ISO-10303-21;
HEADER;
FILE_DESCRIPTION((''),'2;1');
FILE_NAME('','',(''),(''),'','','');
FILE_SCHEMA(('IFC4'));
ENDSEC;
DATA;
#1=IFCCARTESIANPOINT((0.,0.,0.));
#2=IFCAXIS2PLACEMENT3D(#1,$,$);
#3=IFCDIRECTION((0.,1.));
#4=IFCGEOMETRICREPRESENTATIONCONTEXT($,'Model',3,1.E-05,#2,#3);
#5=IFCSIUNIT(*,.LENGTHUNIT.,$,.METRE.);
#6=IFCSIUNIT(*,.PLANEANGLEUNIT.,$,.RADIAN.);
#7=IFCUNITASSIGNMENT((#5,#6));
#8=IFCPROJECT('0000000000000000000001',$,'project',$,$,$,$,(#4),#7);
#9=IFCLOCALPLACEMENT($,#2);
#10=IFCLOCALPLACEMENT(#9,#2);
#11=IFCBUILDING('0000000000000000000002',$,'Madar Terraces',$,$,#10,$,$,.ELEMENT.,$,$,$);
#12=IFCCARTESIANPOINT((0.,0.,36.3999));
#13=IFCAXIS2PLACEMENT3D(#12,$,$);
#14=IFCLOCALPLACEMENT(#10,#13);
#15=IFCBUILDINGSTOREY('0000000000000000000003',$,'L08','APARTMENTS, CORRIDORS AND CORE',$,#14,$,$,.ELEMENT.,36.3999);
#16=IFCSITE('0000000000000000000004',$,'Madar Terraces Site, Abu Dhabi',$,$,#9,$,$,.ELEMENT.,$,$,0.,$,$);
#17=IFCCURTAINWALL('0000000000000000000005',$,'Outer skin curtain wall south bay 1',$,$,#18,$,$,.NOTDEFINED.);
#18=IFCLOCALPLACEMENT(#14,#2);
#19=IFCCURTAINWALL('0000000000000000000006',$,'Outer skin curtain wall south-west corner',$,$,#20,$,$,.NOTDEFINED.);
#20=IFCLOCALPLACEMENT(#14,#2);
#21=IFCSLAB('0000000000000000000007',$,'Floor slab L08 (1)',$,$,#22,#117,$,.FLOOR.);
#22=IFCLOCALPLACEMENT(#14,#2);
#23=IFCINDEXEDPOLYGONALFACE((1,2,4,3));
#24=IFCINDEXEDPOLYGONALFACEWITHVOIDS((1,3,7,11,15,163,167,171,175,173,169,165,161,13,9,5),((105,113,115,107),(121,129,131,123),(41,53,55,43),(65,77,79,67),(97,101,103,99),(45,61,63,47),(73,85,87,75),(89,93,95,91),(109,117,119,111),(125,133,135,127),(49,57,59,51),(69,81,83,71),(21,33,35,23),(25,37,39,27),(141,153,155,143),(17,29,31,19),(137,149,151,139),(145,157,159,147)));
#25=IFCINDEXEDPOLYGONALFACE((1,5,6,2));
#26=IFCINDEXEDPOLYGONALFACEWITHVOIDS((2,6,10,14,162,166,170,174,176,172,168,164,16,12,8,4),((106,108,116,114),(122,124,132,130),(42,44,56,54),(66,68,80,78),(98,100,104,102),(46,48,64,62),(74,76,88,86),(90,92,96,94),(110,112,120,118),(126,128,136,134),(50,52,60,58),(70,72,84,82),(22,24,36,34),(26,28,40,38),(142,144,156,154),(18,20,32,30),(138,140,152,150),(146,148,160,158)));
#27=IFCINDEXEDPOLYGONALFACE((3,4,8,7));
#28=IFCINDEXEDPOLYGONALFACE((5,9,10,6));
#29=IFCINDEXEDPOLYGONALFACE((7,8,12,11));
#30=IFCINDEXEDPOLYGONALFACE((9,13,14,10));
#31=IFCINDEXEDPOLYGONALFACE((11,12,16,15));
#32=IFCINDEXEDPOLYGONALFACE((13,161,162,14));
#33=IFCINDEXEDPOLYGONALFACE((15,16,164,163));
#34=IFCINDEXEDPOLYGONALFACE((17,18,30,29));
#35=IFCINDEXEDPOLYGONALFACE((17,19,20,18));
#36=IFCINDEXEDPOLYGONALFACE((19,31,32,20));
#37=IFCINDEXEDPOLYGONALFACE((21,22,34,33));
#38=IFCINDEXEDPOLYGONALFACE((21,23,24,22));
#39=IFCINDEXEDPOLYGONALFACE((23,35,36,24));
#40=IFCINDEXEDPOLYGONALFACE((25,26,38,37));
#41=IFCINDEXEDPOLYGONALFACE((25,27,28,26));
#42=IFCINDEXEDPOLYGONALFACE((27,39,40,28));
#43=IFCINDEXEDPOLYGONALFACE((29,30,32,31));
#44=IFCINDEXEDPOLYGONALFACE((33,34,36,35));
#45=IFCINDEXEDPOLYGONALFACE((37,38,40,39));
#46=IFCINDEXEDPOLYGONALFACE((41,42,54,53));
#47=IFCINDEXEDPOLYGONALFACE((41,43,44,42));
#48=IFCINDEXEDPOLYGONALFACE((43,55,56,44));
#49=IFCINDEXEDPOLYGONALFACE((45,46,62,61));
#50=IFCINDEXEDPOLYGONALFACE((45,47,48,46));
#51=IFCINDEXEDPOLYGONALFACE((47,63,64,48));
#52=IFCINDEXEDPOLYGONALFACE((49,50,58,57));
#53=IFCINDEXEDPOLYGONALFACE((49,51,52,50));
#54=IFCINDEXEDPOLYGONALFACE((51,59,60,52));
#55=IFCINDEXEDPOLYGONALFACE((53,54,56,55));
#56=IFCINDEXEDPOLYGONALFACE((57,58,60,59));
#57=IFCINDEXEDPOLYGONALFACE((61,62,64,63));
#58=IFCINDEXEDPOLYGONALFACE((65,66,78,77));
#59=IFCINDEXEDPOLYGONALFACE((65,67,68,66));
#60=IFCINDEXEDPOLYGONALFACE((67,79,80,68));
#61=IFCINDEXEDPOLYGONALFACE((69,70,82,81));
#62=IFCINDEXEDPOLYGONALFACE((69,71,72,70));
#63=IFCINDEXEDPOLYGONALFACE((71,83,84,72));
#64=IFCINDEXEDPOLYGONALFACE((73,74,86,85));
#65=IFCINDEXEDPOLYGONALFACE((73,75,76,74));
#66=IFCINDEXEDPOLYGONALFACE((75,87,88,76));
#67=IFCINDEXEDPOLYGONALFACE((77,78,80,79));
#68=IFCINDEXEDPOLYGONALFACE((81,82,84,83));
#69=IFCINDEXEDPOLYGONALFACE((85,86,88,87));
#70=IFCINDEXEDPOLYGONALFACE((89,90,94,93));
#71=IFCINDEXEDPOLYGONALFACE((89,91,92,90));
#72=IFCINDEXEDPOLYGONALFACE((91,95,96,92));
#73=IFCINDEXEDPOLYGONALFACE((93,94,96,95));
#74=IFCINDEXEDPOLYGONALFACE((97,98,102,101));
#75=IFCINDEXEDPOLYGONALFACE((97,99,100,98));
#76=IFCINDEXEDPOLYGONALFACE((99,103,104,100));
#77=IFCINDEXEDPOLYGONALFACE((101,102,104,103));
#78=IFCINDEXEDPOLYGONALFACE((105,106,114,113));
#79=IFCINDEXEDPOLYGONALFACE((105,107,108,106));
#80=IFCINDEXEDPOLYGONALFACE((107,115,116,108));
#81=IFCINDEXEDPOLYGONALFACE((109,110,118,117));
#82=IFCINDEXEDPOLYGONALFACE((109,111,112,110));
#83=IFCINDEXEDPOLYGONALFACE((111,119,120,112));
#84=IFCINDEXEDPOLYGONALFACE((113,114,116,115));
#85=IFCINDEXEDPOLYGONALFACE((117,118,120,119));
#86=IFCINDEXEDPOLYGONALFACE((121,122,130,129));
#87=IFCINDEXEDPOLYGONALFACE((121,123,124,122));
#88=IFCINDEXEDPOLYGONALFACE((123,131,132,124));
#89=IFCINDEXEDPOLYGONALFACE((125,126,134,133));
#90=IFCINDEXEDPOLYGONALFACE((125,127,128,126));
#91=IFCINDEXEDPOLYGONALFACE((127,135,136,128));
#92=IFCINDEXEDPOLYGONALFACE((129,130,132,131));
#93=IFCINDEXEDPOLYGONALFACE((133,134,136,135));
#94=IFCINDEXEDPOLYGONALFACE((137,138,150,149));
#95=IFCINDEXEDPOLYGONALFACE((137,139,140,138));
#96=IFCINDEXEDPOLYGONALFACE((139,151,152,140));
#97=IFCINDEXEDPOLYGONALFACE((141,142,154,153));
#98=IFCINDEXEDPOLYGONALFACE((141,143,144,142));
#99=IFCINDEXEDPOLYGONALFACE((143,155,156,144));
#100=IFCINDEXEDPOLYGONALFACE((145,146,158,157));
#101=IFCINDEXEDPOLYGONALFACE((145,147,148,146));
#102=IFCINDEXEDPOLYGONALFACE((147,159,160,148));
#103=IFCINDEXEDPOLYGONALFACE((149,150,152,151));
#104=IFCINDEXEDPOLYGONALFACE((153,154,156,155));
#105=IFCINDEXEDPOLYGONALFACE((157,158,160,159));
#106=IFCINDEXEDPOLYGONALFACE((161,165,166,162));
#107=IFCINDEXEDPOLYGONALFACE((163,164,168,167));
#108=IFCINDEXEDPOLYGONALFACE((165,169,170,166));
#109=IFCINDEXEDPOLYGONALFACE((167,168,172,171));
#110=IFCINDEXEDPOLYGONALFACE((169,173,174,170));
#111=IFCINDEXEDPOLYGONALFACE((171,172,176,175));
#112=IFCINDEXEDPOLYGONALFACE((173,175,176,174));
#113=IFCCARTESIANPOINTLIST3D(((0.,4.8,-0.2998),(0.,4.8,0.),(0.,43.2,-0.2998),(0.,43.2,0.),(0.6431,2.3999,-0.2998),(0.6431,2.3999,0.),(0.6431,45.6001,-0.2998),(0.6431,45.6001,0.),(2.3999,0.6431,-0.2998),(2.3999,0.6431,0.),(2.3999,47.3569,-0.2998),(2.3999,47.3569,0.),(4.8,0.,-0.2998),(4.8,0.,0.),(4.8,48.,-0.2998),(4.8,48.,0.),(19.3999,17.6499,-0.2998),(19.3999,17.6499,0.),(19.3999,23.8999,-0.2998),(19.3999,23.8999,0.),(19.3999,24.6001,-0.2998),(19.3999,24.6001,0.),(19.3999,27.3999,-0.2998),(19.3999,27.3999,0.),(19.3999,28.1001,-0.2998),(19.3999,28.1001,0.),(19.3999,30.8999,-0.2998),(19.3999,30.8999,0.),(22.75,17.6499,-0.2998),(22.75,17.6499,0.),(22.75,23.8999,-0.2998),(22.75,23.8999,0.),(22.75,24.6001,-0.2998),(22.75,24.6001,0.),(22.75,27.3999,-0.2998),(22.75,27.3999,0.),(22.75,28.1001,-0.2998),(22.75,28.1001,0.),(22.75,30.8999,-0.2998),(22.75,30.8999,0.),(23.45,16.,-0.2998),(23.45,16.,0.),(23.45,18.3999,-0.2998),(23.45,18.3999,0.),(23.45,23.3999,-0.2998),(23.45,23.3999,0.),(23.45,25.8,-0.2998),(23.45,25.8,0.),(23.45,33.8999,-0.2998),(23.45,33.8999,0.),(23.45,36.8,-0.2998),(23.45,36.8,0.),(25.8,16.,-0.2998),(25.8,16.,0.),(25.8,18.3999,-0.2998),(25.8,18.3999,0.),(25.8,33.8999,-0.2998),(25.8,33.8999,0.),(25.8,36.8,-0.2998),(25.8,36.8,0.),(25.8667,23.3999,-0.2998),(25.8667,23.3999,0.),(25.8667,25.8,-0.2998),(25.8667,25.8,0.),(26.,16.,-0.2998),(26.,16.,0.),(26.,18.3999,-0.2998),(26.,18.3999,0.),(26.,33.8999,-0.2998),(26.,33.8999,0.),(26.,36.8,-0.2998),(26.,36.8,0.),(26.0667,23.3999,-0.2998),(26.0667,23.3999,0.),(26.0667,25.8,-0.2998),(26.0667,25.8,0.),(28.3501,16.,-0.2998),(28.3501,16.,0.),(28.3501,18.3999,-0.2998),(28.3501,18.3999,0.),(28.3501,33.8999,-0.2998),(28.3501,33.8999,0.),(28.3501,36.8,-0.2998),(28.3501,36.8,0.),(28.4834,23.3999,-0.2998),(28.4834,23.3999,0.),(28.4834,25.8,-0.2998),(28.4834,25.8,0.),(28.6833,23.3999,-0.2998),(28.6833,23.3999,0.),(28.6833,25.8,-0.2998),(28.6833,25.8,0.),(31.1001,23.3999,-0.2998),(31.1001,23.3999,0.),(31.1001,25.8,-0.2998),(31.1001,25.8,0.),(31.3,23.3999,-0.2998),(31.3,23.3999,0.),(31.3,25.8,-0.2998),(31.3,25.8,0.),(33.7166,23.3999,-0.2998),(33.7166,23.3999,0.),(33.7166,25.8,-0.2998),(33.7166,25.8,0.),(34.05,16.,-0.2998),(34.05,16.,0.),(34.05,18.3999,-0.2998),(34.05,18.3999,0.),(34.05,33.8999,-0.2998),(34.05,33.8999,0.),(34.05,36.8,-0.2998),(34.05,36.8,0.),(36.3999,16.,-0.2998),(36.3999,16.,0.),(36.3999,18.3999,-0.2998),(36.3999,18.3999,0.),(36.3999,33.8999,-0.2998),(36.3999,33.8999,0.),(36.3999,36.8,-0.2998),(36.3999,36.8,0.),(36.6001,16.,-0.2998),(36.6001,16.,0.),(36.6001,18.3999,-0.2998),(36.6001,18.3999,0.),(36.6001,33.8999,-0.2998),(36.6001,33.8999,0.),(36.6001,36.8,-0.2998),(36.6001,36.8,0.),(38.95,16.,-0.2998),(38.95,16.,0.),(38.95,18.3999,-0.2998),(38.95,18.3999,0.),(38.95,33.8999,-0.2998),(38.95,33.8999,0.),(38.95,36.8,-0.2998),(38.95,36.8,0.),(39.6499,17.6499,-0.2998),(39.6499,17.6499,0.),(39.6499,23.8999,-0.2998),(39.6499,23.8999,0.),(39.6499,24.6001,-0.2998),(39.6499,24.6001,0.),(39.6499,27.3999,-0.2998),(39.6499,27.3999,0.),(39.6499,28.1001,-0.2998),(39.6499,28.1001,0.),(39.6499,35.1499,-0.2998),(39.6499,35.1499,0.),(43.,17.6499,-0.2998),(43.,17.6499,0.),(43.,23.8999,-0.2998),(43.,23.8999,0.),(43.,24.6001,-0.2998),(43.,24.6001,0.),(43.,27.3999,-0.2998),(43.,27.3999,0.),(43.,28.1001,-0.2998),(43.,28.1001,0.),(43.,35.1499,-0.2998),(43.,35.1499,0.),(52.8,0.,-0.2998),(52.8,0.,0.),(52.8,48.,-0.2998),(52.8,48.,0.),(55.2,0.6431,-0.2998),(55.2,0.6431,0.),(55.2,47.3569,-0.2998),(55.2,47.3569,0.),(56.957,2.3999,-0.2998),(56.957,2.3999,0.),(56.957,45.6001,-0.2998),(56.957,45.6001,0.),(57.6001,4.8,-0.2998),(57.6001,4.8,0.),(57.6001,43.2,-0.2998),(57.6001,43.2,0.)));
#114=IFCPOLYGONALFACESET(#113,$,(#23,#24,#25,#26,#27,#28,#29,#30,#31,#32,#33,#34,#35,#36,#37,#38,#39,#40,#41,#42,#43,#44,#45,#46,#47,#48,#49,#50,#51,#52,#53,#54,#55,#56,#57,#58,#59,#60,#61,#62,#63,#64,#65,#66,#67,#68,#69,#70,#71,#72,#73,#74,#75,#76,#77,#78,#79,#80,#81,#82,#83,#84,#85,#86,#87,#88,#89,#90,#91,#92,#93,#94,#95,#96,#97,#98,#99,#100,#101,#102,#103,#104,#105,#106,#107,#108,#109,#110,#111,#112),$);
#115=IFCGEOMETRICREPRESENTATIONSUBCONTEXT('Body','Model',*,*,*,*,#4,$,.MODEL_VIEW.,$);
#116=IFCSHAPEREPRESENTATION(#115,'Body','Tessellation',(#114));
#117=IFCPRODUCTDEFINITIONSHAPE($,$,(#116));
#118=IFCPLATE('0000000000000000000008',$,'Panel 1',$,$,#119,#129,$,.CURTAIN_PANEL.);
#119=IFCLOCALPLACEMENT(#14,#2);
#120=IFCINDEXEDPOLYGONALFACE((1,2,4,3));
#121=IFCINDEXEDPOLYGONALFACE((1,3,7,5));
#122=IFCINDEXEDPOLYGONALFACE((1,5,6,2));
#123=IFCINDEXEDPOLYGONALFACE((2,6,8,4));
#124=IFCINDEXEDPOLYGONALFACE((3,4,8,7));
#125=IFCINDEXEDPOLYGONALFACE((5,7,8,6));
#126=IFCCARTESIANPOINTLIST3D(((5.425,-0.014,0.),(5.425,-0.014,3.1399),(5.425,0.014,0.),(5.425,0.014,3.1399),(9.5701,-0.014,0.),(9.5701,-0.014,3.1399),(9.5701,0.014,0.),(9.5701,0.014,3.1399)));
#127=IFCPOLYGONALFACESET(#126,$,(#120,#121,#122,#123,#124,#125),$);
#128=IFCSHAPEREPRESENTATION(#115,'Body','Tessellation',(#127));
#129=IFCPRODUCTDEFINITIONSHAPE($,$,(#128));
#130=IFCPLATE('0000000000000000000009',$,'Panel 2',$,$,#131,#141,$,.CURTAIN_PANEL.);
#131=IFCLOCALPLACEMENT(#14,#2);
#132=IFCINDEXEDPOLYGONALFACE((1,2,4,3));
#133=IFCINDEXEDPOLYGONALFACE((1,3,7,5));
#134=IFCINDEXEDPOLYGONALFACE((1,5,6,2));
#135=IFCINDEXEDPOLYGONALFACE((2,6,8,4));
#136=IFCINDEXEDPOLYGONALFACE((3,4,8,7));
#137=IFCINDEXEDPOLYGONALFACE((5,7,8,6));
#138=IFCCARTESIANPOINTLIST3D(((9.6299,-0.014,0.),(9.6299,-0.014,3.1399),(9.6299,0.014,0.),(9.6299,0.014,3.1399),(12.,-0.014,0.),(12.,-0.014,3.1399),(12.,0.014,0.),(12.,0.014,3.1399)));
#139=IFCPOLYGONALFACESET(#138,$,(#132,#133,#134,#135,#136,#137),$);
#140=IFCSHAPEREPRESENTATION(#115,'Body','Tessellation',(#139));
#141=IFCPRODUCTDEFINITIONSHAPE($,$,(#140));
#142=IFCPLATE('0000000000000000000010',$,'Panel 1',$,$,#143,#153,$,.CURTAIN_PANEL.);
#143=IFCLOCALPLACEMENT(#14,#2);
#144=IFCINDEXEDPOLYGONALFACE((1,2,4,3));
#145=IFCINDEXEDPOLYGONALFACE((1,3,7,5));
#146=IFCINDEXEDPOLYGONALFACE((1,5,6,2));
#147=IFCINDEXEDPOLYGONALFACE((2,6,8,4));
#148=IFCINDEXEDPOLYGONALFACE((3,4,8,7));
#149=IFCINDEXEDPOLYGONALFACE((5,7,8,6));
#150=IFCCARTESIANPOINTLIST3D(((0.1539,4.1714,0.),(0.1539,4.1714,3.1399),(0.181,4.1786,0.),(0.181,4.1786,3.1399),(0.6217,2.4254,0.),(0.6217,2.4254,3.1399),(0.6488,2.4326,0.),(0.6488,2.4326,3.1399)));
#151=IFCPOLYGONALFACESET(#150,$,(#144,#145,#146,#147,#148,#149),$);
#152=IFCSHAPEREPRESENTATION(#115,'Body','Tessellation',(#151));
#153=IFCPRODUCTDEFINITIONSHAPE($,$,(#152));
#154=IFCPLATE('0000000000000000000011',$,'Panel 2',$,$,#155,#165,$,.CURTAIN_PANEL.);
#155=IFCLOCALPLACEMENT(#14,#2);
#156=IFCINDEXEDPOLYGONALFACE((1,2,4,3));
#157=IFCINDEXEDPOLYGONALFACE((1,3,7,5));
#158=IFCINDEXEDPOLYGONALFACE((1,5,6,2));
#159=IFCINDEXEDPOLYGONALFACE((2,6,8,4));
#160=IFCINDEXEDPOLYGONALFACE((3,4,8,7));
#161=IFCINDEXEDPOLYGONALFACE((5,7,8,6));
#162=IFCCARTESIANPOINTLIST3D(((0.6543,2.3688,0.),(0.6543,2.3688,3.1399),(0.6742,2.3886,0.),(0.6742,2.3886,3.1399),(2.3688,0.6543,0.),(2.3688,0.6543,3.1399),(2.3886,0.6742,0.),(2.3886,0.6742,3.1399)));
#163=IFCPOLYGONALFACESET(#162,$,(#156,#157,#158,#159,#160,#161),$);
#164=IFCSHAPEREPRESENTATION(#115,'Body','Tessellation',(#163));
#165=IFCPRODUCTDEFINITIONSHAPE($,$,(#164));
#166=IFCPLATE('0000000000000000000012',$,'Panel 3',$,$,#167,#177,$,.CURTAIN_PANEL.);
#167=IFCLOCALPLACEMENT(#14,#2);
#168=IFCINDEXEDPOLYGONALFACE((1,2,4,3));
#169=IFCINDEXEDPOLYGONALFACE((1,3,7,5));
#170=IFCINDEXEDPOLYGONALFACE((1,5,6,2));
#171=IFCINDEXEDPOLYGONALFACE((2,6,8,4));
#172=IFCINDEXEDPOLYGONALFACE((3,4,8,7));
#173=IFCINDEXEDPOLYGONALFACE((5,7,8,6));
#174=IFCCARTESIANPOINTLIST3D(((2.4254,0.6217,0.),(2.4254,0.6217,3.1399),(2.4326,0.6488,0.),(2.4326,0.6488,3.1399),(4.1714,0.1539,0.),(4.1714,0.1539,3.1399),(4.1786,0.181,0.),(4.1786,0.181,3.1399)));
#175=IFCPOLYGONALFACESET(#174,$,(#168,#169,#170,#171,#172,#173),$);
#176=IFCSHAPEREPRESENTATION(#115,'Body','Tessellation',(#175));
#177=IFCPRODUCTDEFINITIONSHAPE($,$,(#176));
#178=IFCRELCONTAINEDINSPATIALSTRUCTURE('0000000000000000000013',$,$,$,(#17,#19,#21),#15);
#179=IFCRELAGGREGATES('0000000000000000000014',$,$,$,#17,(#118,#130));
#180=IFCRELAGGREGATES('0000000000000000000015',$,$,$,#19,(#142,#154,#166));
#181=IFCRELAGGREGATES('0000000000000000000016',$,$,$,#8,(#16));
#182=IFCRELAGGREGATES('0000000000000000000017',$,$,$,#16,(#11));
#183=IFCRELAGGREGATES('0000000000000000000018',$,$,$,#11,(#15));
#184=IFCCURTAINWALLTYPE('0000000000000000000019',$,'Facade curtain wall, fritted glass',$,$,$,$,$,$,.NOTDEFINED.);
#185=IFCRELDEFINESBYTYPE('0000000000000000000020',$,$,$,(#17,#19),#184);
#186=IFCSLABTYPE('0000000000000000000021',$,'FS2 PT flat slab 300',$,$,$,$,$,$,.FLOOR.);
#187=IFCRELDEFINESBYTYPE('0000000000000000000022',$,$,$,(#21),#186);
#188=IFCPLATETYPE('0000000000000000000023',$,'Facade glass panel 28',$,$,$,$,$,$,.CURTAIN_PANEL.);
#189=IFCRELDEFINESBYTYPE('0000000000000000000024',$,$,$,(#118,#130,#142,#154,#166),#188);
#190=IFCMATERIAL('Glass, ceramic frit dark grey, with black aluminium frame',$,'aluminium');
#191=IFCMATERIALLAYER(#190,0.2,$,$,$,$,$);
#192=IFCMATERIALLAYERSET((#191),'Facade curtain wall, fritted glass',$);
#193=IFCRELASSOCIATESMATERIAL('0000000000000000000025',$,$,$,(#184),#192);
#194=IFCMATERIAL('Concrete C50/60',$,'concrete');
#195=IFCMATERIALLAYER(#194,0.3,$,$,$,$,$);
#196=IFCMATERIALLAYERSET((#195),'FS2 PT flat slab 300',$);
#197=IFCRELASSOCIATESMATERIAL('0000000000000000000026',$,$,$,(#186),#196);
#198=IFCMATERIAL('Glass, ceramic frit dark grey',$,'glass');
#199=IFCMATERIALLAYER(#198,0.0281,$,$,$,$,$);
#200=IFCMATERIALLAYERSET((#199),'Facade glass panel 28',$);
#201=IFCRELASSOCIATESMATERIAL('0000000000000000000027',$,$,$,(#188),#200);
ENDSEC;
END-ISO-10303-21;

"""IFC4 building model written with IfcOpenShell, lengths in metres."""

from ifc_helpers import new_model, si_unit, direction, frame, origin, origin_2d, place, context, subcontext, project, spatial, polyline, rectangle, outline, extrude, material, layer, layer_set, type_object, element, aggregate, save


model = new_model("IFC4")

# Units and contexts
model_context = context("Model", 3, precision=1e-05, world=origin(), true_north=direction((0.0, 1.0)))
body_context = subcontext(model_context, "Body", "Model", "MODEL_VIEW")
ifc_project = project(units=[si_unit("LENGTHUNIT", "METRE"), si_unit("PLANEANGLEUNIT", "RADIAN")], contexts=[model_context])

# Site, building, storey
site_placement = place(None, origin())
site = spatial("IfcSite", under=ifc_project, at=site_placement, Name="Madar Terraces Site, Abu Dhabi", CompositionType="ELEMENT", RefElevation=0.0)
building_placement = place(site_placement, origin())
building = spatial("IfcBuilding", under=site, at=building_placement, Name="Madar Terraces", CompositionType="ELEMENT")
storey_placement = place(building_placement, frame((0.0, 0.0, 36.3999)))
storey = spatial("IfcBuildingStorey", under=building, at=storey_placement, Name="L08", Description="APARTMENTS, CORRIDORS AND CORE", CompositionType="ELEMENT", Elevation=36.3999)

# Curtain wall
ifc_material_1 = material(Name="Glass, ceramic frit dark grey, with black aluminium frame", Category="aluminium")
ifc_layer_1 = layer(ifc_material_1, 0.2)
ifc_layer_set_1 = layer_set([ifc_layer_1], Name="Facade curtain wall, fritted glass")
curtain_wall_type = type_object("IfcCurtainWallType", Name="Facade curtain wall, fritted glass", PredefinedType="NOTDEFINED", material=ifc_layer_set_1)
curtain_wall_1_placement = place(storey_placement, origin())
curtain_wall_1 = element("IfcCurtainWall", 1, at=curtain_wall_1_placement, inside=storey, type_object=curtain_wall_type, Name="Outer skin curtain wall south bay 1", PredefinedType="NOTDEFINED")

# Curtain wall
curtain_wall_2_placement = place(storey_placement, origin())
curtain_wall_2 = element("IfcCurtainWall", 2, at=curtain_wall_2_placement, inside=storey, type_object=curtain_wall_type, Name="Outer skin curtain wall south-west corner", PredefinedType="NOTDEFINED")

# Slab
ifc_material_2 = material(Name="Concrete C50/60", Category="concrete")
ifc_layer_2 = layer(ifc_material_2, 0.3)
ifc_layer_set_2 = layer_set([ifc_layer_2], Name="FS2 PT flat slab 300")
slab_type_1 = type_object("IfcSlabType", Name="FS2 PT flat slab 300", PredefinedType="FLOOR", material=ifc_layer_set_2)
slab_1_placement = place(storey_placement, frame((0.0, 0.0, -0.2998)))
element("IfcSlab", 3, at=slab_1_placement, inside=storey, type_object=slab_type_1, Name="Floor slab L08 (1)", PredefinedType="FLOOR", context=body_context, shape_type="SweptSolid", body=[
    extrude(outline(polyline([(52.8, 0.0), (55.2, 0.6431), (56.957, 2.3999), (57.6001, 4.8), (57.6001, 43.2), (56.957, 45.6001), (55.2, 47.3569), (52.8, 48.0), (4.8, 48.0), (2.3999, 47.3569), (0.6431, 45.6001), (0.0, 43.2), (0.0, 4.8), (0.6431, 2.3999), (2.3999, 0.6431), (4.8, 0.0), (52.8, 0.0)]), holes=[polyline([(23.45, 16.0), (23.45, 18.3999), (25.8, 18.3999), (25.8, 16.0), (23.45, 16.0)]), polyline([(26.0, 16.0), (26.0, 18.3999), (28.3501, 18.3999), (28.3501, 16.0), (26.0, 16.0)]), polyline([(19.3999, 17.6499), (19.3999, 23.8999), (22.75, 23.8999), (22.75, 17.6499), (19.3999, 17.6499)]), polyline([(23.45, 23.3999), (23.45, 25.8), (25.8667, 25.8), (25.8667, 23.3999), (23.45, 23.3999)]), polyline([(26.0667, 23.3999), (26.0667, 25.8), (28.4834, 25.8), (28.4834, 23.3999), (26.0667, 23.3999)]), polyline([(19.3999, 24.6001), (19.3999, 27.3999), (22.75, 27.3999), (22.75, 24.6001), (19.3999, 24.6001)]), polyline([(19.3999, 28.1001), (19.3999, 30.8999), (22.75, 30.8999), (22.75, 28.1001), (19.3999, 28.1001)]), polyline([(23.45, 36.8), (25.8, 36.8), (25.8, 33.8999), (23.45, 33.8999), (23.45, 36.8)]), polyline([(26.0, 36.8), (28.3501, 36.8), (28.3501, 33.8999), (26.0, 33.8999), (26.0, 36.8)]), polyline([(34.05, 16.0), (34.05, 18.3999), (36.3999, 18.3999), (36.3999, 16.0), (34.05, 16.0)]), polyline([(36.6001, 16.0), (36.6001, 18.3999), (38.95, 18.3999), (38.95, 16.0), (36.6001, 16.0)]), polyline([(39.6499, 17.6499), (39.6499, 23.8999), (43.0, 23.8999), (43.0, 17.6499), (39.6499, 17.6499)]), polyline([(28.6833, 23.3999), (28.6833, 25.8), (31.1001, 25.8), (31.1001, 23.3999), (28.6833, 23.3999)]), polyline([(31.3, 23.3999), (31.3, 25.8), (33.7166, 25.8), (33.7166, 23.3999), (31.3, 23.3999)]), polyline([(39.6499, 24.6001), (39.6499, 27.3999), (43.0, 27.3999), (43.0, 24.6001), (39.6499, 24.6001)]), polyline([(39.6499, 28.1001), (39.6499, 35.1499), (43.0, 35.1499), (43.0, 28.1001), (39.6499, 28.1001)]), polyline([(34.05, 36.8), (36.3999, 36.8), (36.3999, 33.8999), (34.05, 33.8999), (34.05, 36.8)]), polyline([(36.6001, 36.8), (38.95, 36.8), (38.95, 33.8999), (36.6001, 33.8999), (36.6001, 36.8)])]), origin(), (0.0, 0.0, 1.0), 0.2998),
])

# Plates
ifc_material_3 = material(Name="Glass, ceramic frit dark grey", Category="glass")
ifc_layer_3 = layer(ifc_material_3, 0.0281)
ifc_layer_set_3 = layer_set([ifc_layer_3], Name="Facade glass panel 28")
plate_type = type_object("IfcPlateType", Name="Facade glass panel 28", PredefinedType="CURTAIN_PANEL", material=ifc_layer_set_3)
plate_1_placement = place(storey_placement, frame((7.4976, 0.0, 0.0), z_axis=(0.0, 0.0, 1.0), x_axis=(1.0, 0.0, 0.0)))
plate_1 = element("IfcPlate", 4, at=plate_1_placement, type_object=plate_type, Name="Panel 1", PredefinedType="CURTAIN_PANEL", context=body_context, shape_type="SweptSolid", body=[
    extrude(rectangle(XDim=4.145, YDim=0.0281, at=origin_2d()), origin(), (0.0, 0.0, 1.0), 3.1399),
])
plate_2_placement = place(storey_placement, frame((10.8149, 0.0, 0.0), z_axis=(0.0, 0.0, 1.0), x_axis=(1.0, 0.0, 0.0)))
plate_2 = element("IfcPlate", 5, at=plate_2_placement, type_object=plate_type, Name="Panel 2", PredefinedType="CURTAIN_PANEL", context=body_context, shape_type="SweptSolid", body=[
    extrude(rectangle(XDim=2.3701, YDim=0.0281, at=origin_2d()), origin(), (0.0, 0.0, 1.0), 3.1399),
])
aggregate(curtain_wall_1, [plate_1, plate_2])
plate_3_placement = place(storey_placement, frame((0.4014, 3.302, 0.0), z_axis=(0.0, 0.0, 1.0), x_axis=(0.258819, -0.965926, 0.0)))
plate_3 = element("IfcPlate", 6, at=plate_3_placement, type_object=plate_type, Name="Panel 1", PredefinedType="CURTAIN_PANEL", context=body_context, shape_type="SweptSolid", body=[
    extrude(rectangle(XDim=1.8076, YDim=0.0281, at=origin_2d()), origin(), (0.0, 0.0, 1.0), 3.1399),
])
plate_4_placement = place(storey_placement, frame((1.5215, 1.5215, 0.0), z_axis=(0.0, 0.0, 1.0), x_axis=(0.707107, -0.707107, 0.0)))
plate_4 = element("IfcPlate", 7, at=plate_4_placement, type_object=plate_type, Name="Panel 2", PredefinedType="CURTAIN_PANEL", context=body_context, shape_type="SweptSolid", body=[
    extrude(rectangle(XDim=2.4246, YDim=0.0281, at=origin_2d()), origin(), (0.0, 0.0, 1.0), 3.1399),
])
plate_5_placement = place(storey_placement, frame((3.302, 0.4014, 0.0), z_axis=(0.0, 0.0, 1.0), x_axis=(0.965926, -0.258819, 0.0)))
plate_5 = element("IfcPlate", 8, at=plate_5_placement, type_object=plate_type, Name="Panel 3", PredefinedType="CURTAIN_PANEL", context=body_context, shape_type="SweptSolid", body=[
    extrude(rectangle(XDim=1.8076, YDim=0.0281, at=origin_2d()), origin(), (0.0, 0.0, 1.0), 3.1399),
])
aggregate(curtain_wall_2, [plate_3, plate_4, plate_5])

save(model, "model.ifc")
